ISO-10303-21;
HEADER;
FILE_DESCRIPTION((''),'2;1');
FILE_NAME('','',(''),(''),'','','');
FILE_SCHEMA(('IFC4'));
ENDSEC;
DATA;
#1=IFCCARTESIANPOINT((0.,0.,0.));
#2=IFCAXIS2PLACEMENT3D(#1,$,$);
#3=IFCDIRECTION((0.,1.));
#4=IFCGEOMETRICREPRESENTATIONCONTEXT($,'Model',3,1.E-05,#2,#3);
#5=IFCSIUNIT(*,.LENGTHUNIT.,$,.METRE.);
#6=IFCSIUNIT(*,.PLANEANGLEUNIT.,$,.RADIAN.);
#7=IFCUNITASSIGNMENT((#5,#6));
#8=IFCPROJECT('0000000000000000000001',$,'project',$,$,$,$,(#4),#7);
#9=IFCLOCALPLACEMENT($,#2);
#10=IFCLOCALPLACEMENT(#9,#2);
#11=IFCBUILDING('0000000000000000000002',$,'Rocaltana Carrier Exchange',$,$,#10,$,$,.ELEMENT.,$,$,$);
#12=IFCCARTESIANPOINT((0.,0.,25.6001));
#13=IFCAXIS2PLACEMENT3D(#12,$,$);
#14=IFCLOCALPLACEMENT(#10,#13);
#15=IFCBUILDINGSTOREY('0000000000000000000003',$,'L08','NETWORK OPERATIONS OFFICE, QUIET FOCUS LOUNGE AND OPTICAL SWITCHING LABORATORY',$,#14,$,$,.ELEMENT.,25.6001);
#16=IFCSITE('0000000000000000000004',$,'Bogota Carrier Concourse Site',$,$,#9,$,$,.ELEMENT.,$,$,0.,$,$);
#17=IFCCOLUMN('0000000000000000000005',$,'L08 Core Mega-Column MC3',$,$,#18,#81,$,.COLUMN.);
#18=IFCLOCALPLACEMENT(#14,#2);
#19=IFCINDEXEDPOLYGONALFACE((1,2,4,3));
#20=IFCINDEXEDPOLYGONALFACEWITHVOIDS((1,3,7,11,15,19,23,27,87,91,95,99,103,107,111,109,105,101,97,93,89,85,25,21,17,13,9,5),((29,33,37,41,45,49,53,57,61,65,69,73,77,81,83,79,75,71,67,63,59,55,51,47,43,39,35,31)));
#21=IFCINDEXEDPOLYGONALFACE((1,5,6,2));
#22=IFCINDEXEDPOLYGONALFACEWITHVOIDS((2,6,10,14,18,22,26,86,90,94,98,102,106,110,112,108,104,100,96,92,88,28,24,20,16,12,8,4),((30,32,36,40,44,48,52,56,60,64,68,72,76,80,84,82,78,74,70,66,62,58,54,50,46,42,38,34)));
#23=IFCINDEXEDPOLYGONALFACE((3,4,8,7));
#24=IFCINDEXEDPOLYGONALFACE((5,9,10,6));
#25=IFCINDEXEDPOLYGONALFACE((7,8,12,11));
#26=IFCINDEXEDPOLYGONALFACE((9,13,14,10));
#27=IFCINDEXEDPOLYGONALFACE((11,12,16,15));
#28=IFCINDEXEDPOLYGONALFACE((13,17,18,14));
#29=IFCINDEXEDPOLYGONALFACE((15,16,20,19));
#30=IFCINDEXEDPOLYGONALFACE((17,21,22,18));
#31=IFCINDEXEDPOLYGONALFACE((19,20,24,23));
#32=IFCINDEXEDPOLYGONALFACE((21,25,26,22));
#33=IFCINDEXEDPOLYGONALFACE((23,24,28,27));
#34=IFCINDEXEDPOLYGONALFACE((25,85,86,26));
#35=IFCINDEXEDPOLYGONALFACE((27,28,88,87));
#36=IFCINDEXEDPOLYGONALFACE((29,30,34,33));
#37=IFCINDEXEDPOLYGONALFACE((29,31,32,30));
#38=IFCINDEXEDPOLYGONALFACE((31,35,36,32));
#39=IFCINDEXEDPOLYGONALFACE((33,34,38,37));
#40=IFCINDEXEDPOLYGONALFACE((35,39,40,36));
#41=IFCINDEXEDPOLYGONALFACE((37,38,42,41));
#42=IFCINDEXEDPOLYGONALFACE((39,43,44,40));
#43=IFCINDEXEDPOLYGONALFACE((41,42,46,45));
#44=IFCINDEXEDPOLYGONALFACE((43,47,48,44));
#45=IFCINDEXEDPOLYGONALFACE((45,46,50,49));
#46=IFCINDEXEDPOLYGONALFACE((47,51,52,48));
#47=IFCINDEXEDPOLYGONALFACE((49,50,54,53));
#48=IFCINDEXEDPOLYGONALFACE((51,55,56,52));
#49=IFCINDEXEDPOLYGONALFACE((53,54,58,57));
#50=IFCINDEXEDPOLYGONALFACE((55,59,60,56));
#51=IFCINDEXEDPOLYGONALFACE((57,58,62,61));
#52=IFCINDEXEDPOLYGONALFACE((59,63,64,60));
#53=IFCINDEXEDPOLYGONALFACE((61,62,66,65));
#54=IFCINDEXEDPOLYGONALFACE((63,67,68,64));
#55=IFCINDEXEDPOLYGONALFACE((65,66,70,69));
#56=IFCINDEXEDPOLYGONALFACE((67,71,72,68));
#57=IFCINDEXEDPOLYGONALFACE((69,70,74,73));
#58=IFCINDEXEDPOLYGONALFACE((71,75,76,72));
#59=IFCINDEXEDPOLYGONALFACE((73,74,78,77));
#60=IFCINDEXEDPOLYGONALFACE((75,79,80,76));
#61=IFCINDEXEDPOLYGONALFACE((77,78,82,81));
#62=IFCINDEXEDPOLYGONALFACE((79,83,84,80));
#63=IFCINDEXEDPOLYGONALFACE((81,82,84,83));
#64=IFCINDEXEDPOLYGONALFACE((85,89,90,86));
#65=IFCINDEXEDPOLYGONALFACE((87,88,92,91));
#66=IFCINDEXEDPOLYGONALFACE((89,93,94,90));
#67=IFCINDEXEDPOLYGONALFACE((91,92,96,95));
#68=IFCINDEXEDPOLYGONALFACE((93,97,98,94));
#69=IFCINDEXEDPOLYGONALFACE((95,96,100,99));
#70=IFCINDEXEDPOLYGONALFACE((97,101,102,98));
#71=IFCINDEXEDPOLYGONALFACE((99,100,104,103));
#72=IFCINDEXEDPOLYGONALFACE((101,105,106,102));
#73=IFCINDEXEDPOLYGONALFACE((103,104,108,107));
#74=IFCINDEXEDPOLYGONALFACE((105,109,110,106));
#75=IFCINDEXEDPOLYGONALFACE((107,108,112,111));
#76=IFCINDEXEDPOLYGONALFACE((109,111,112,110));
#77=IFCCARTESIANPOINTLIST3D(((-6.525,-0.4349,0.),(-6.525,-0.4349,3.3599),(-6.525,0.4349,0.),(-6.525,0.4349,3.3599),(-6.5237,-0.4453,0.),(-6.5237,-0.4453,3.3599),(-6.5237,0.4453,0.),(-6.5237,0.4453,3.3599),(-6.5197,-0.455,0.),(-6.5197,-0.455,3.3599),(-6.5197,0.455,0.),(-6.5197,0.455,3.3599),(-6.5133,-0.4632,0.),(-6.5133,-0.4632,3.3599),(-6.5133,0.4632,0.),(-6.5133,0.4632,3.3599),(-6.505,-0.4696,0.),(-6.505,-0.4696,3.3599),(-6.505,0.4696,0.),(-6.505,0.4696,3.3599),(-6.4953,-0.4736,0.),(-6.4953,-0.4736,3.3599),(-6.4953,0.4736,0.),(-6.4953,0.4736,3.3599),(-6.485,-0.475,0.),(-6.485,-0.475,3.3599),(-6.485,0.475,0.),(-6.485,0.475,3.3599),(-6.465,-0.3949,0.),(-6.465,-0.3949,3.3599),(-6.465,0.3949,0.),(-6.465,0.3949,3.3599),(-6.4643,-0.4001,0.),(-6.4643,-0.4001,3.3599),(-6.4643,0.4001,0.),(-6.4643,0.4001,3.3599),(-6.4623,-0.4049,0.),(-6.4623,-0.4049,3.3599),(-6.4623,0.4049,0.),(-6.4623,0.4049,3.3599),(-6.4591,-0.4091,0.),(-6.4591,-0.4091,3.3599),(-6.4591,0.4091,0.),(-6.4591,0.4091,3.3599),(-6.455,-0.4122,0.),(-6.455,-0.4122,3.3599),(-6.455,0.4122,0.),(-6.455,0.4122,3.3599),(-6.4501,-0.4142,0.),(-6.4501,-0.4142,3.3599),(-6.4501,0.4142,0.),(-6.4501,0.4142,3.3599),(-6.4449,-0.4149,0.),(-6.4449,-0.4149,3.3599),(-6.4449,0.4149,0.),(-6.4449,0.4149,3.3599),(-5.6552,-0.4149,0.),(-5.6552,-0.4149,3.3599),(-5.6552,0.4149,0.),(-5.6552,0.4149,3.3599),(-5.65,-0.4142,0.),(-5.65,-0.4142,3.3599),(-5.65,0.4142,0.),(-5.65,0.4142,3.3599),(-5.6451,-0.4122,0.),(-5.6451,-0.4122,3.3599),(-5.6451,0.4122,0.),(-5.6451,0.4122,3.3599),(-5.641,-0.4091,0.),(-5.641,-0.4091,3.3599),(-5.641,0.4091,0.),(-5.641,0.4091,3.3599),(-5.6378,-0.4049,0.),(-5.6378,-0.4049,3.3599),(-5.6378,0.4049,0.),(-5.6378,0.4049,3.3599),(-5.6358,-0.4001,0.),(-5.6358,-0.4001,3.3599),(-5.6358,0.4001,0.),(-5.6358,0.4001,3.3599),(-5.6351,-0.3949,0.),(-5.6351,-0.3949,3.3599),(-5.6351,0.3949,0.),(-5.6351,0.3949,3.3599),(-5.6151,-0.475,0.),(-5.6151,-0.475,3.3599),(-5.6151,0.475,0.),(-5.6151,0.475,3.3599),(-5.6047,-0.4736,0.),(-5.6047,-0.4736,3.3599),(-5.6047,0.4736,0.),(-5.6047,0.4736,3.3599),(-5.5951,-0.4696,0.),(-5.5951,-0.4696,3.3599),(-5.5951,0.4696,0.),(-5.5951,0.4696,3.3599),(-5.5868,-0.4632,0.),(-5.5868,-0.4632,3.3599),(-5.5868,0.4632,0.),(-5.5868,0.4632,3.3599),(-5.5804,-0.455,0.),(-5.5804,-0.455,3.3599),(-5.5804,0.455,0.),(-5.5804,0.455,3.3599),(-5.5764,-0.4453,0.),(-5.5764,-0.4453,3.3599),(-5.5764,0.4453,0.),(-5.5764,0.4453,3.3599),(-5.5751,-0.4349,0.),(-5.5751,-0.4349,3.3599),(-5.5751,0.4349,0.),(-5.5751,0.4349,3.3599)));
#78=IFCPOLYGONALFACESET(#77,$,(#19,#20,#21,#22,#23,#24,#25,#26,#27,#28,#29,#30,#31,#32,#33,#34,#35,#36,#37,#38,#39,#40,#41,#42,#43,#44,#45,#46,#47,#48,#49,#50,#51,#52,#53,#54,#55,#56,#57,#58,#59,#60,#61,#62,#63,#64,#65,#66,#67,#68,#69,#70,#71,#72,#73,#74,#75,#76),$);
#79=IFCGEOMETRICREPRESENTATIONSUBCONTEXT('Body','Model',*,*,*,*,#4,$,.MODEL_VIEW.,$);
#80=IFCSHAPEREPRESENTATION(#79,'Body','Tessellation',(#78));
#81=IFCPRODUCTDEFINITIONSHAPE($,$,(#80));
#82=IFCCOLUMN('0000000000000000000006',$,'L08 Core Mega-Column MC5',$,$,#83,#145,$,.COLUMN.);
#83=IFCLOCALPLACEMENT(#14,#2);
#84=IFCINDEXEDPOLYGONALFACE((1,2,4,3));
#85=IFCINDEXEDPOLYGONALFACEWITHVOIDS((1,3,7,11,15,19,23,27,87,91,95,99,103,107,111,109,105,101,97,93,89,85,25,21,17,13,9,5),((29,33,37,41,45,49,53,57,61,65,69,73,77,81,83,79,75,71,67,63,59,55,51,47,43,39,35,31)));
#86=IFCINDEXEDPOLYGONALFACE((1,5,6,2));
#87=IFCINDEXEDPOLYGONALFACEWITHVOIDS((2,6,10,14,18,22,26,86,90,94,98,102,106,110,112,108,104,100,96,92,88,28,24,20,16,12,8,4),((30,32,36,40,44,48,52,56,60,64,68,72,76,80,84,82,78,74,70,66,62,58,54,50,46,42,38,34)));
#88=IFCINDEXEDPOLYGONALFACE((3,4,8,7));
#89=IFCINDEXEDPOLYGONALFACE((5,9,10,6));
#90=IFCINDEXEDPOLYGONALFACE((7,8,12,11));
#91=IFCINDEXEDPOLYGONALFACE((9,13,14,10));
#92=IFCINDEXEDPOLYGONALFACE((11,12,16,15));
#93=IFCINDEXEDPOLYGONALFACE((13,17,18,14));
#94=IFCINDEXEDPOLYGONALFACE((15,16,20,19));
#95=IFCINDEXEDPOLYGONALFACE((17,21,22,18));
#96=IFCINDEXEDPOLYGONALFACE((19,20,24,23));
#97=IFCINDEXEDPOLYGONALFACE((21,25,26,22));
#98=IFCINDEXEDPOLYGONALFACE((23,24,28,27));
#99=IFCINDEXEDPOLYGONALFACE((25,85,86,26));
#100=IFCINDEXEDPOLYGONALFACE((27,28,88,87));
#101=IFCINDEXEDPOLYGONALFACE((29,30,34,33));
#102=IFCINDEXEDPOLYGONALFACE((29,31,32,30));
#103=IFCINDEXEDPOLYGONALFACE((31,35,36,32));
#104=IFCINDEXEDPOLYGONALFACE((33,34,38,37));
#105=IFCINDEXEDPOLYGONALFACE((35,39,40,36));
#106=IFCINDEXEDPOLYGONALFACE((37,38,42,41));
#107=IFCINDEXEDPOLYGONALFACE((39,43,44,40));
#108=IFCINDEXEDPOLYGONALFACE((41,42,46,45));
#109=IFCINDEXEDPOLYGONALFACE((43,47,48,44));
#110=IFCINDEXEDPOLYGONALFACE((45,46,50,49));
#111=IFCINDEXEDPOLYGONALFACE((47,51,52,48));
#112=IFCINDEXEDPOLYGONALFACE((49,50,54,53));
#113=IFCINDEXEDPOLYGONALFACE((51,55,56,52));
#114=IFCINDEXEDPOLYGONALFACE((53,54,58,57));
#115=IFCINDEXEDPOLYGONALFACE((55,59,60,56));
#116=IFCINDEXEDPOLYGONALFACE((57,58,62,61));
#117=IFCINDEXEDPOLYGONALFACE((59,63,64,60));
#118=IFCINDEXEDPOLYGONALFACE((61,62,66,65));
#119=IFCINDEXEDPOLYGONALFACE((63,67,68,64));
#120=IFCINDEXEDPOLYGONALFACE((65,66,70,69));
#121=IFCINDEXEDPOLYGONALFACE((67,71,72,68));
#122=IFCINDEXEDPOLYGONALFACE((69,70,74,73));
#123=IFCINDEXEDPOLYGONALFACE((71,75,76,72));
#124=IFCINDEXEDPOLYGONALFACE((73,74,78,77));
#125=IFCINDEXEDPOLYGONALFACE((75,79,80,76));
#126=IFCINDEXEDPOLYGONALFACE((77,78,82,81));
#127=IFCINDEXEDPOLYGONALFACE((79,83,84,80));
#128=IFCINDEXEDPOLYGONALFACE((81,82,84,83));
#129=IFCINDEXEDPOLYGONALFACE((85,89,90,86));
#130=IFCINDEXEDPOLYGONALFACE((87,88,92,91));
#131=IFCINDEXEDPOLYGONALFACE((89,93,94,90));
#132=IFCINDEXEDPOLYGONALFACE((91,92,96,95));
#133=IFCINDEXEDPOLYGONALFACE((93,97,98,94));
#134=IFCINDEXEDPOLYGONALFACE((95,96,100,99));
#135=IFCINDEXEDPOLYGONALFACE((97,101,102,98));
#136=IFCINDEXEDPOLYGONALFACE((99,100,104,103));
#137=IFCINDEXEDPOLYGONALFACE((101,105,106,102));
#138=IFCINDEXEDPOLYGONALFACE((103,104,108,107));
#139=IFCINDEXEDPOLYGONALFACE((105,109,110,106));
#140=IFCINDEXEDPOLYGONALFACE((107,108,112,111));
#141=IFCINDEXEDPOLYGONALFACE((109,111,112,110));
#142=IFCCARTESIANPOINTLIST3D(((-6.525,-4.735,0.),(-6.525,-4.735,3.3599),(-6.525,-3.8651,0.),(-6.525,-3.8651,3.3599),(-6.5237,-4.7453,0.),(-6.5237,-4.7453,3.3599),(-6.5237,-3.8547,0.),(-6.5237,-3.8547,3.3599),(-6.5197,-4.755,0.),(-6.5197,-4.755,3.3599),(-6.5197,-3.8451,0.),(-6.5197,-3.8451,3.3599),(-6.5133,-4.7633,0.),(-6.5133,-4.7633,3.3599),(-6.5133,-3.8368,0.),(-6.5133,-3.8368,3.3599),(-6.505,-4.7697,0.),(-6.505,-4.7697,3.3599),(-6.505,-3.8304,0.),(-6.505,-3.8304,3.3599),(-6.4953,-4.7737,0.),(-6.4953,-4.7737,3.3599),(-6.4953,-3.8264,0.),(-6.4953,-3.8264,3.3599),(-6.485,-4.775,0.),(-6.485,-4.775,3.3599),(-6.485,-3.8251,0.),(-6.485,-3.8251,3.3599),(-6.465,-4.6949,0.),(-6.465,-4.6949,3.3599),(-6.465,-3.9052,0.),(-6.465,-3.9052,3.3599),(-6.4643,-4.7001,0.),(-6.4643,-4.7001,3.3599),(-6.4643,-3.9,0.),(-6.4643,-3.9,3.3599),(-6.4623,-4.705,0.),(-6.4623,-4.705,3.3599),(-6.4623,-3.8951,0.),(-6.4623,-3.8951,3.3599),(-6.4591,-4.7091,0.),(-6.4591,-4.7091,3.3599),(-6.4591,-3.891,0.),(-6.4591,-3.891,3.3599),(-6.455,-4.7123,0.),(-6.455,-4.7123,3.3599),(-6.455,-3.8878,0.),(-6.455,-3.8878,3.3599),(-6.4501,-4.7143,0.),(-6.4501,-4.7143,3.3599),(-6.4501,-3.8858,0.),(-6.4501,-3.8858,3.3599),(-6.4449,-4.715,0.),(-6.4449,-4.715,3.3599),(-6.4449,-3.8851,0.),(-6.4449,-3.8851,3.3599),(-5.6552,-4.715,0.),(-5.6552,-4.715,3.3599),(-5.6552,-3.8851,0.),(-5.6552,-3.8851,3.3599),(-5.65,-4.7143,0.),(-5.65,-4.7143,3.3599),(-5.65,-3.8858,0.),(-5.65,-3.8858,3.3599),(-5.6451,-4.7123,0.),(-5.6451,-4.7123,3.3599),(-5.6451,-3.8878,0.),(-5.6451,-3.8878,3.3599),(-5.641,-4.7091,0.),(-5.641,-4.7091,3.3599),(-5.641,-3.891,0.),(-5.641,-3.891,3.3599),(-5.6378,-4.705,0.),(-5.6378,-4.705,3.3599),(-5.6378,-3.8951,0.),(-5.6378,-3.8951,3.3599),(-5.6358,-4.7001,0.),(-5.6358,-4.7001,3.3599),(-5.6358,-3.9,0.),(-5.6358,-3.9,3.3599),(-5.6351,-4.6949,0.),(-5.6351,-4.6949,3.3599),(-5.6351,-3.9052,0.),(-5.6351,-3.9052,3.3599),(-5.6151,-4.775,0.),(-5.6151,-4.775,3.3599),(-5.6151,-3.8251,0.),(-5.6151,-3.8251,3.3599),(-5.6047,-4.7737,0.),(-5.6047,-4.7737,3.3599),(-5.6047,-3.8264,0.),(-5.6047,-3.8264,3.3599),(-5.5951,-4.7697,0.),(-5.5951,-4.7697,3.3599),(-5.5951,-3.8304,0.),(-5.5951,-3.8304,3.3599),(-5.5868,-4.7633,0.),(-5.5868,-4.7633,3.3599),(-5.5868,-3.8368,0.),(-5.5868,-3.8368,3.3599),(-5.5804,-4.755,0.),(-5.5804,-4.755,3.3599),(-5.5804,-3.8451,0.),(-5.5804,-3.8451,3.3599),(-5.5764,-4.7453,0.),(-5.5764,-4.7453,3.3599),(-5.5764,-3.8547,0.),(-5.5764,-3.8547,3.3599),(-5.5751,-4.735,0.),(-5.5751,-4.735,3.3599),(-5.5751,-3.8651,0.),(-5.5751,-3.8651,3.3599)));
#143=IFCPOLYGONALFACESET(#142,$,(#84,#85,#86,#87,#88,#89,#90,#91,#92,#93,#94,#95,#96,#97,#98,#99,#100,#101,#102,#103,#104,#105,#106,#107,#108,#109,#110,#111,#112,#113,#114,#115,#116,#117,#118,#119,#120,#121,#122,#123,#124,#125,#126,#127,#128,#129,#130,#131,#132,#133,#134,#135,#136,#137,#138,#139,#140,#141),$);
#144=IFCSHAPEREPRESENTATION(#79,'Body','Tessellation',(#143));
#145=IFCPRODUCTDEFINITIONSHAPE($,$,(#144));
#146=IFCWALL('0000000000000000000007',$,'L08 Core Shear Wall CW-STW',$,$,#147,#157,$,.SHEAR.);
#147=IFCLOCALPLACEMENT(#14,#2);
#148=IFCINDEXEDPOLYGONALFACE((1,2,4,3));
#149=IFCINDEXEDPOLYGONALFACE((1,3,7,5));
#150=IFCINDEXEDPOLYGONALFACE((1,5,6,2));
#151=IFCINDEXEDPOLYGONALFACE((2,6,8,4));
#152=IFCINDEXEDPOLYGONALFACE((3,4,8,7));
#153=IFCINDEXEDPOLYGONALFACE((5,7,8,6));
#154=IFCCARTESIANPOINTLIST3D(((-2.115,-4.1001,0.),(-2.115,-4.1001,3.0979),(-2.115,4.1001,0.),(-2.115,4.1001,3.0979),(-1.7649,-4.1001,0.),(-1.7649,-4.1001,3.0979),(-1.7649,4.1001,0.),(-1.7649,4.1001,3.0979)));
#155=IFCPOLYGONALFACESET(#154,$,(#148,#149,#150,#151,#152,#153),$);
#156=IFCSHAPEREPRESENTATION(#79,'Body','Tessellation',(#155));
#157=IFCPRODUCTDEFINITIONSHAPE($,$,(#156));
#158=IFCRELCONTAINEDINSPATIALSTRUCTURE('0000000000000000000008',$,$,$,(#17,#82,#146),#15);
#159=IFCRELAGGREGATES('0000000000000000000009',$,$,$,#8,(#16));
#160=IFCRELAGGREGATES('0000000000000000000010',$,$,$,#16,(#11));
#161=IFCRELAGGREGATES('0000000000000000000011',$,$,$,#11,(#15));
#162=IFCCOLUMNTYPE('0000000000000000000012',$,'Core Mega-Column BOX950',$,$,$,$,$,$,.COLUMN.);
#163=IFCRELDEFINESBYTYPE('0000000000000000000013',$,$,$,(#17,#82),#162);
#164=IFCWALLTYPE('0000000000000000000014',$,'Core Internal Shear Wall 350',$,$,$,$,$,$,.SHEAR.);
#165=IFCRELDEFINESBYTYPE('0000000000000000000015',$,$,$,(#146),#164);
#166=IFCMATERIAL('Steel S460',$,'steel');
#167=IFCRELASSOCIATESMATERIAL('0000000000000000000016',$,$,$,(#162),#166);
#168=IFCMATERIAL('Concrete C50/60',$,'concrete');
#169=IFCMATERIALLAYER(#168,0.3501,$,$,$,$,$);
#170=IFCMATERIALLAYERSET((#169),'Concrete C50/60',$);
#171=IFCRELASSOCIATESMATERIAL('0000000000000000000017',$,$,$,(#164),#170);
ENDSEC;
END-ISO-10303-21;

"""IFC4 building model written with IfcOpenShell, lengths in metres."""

from ifc_helpers import new_model, si_unit, direction, frame, frame_2d, origin, origin_2d, place, context, subcontext, project, spatial, rectangle, hollow_rectangle, extrude, material, layer, layer_set, material_profile, profile_set, type_object, element, save


model = new_model("IFC4")

# Units and contexts
model_context = context("Model", 3, precision=1e-05, world=origin(), true_north=direction((0.0, 1.0)))
body_context = subcontext(model_context, "Body", "Model", "MODEL_VIEW")
ifc_project = project(units=[si_unit("LENGTHUNIT", "METRE"), si_unit("PLANEANGLEUNIT", "RADIAN")], contexts=[model_context])

# Site, building, storey
site_placement = place(None, origin())
site = spatial("IfcSite", under=ifc_project, at=site_placement, Name="Bogota Carrier Concourse Site", CompositionType="ELEMENT", RefElevation=0.0)
building_placement = place(site_placement, origin())
building = spatial("IfcBuilding", under=site, at=building_placement, Name="Rocaltana Carrier Exchange", CompositionType="ELEMENT")
storey_placement = place(building_placement, frame((0.0, 0.0, 25.6001)))
storey = spatial("IfcBuildingStorey", under=building, at=storey_placement, Name="L08", Description="NETWORK OPERATIONS OFFICE, QUIET FOCUS LOUNGE AND OPTICAL SWITCHING LABORATORY", CompositionType="ELEMENT", Elevation=25.6001)

# Columns
ifc_material_1 = material(Name="Steel S460", Category="steel")
ifc_material_profile = material_profile(ifc_material_1, hollow_rectangle(XDim=0.95, YDim=0.95, WallThickness=0.0601, InnerFilletRadius=0.02, OuterFilletRadius=0.04, at=origin_2d()), Name="BOX950X950X60")
ifc_profile_set = profile_set([ifc_material_profile], Name="Steel S460")
column_type = type_object("IfcColumnType", Name="Core Mega-Column BOX950", PredefinedType="COLUMN", material=ifc_profile_set)
for number, where, z_axis, x_axis, name in (
    (1, (-6.05, 0.0, 0.0), (0.0, 0.0, 1.0), (1.0, 0.0, 0.0), "L08 Core Mega-Column MC3"),
    (2, (-6.05, -4.3, 0.0), (0.0, 0.0, 1.0), (1.0, 0.0, 0.0), "L08 Core Mega-Column MC5"),
):
    element("IfcColumn", number, at=place(storey_placement, frame(where, z_axis=z_axis, x_axis=x_axis)), inside=storey, type_object=column_type, Name=name, PredefinedType="COLUMN", context=body_context, shape_type="SweptSolid", body=[
        extrude(hollow_rectangle(XDim=0.95, YDim=0.95, WallThickness=0.0601, InnerFilletRadius=0.02, OuterFilletRadius=0.04, at=origin_2d()), origin(), (0.0, 0.0, 1.0), 3.3599),
    ])

# Wall
ifc_material_2 = material(Name="Concrete C50/60", Category="concrete")
ifc_layer_1 = layer(ifc_material_2, 0.3501)
ifc_layer_set_1 = layer_set([ifc_layer_1], Name="Concrete C50/60")
wall_type_1 = type_object("IfcWallType", Name="Core Internal Shear Wall 350", PredefinedType="SHEAR", material=ifc_layer_set_1)
wall_1_placement = place(storey_placement, frame((-1.9399, -4.1001, 0.0), z_axis=(0.0, 0.0, 1.0), x_axis=(0.0, 1.0, 0.0)))
element("IfcWall", 3, at=wall_1_placement, inside=storey, type_object=wall_type_1, Name="L08 Core Shear Wall CW-STW", PredefinedType="SHEAR", context=body_context, shape_type="SweptSolid", body=[
    extrude(rectangle(XDim=8.2002, YDim=0.3501, at=frame_2d((4.1001, 0.0))), origin(), (0.0, 0.0, 1.0), 3.0979),
])

save(model, "model.ifc")
